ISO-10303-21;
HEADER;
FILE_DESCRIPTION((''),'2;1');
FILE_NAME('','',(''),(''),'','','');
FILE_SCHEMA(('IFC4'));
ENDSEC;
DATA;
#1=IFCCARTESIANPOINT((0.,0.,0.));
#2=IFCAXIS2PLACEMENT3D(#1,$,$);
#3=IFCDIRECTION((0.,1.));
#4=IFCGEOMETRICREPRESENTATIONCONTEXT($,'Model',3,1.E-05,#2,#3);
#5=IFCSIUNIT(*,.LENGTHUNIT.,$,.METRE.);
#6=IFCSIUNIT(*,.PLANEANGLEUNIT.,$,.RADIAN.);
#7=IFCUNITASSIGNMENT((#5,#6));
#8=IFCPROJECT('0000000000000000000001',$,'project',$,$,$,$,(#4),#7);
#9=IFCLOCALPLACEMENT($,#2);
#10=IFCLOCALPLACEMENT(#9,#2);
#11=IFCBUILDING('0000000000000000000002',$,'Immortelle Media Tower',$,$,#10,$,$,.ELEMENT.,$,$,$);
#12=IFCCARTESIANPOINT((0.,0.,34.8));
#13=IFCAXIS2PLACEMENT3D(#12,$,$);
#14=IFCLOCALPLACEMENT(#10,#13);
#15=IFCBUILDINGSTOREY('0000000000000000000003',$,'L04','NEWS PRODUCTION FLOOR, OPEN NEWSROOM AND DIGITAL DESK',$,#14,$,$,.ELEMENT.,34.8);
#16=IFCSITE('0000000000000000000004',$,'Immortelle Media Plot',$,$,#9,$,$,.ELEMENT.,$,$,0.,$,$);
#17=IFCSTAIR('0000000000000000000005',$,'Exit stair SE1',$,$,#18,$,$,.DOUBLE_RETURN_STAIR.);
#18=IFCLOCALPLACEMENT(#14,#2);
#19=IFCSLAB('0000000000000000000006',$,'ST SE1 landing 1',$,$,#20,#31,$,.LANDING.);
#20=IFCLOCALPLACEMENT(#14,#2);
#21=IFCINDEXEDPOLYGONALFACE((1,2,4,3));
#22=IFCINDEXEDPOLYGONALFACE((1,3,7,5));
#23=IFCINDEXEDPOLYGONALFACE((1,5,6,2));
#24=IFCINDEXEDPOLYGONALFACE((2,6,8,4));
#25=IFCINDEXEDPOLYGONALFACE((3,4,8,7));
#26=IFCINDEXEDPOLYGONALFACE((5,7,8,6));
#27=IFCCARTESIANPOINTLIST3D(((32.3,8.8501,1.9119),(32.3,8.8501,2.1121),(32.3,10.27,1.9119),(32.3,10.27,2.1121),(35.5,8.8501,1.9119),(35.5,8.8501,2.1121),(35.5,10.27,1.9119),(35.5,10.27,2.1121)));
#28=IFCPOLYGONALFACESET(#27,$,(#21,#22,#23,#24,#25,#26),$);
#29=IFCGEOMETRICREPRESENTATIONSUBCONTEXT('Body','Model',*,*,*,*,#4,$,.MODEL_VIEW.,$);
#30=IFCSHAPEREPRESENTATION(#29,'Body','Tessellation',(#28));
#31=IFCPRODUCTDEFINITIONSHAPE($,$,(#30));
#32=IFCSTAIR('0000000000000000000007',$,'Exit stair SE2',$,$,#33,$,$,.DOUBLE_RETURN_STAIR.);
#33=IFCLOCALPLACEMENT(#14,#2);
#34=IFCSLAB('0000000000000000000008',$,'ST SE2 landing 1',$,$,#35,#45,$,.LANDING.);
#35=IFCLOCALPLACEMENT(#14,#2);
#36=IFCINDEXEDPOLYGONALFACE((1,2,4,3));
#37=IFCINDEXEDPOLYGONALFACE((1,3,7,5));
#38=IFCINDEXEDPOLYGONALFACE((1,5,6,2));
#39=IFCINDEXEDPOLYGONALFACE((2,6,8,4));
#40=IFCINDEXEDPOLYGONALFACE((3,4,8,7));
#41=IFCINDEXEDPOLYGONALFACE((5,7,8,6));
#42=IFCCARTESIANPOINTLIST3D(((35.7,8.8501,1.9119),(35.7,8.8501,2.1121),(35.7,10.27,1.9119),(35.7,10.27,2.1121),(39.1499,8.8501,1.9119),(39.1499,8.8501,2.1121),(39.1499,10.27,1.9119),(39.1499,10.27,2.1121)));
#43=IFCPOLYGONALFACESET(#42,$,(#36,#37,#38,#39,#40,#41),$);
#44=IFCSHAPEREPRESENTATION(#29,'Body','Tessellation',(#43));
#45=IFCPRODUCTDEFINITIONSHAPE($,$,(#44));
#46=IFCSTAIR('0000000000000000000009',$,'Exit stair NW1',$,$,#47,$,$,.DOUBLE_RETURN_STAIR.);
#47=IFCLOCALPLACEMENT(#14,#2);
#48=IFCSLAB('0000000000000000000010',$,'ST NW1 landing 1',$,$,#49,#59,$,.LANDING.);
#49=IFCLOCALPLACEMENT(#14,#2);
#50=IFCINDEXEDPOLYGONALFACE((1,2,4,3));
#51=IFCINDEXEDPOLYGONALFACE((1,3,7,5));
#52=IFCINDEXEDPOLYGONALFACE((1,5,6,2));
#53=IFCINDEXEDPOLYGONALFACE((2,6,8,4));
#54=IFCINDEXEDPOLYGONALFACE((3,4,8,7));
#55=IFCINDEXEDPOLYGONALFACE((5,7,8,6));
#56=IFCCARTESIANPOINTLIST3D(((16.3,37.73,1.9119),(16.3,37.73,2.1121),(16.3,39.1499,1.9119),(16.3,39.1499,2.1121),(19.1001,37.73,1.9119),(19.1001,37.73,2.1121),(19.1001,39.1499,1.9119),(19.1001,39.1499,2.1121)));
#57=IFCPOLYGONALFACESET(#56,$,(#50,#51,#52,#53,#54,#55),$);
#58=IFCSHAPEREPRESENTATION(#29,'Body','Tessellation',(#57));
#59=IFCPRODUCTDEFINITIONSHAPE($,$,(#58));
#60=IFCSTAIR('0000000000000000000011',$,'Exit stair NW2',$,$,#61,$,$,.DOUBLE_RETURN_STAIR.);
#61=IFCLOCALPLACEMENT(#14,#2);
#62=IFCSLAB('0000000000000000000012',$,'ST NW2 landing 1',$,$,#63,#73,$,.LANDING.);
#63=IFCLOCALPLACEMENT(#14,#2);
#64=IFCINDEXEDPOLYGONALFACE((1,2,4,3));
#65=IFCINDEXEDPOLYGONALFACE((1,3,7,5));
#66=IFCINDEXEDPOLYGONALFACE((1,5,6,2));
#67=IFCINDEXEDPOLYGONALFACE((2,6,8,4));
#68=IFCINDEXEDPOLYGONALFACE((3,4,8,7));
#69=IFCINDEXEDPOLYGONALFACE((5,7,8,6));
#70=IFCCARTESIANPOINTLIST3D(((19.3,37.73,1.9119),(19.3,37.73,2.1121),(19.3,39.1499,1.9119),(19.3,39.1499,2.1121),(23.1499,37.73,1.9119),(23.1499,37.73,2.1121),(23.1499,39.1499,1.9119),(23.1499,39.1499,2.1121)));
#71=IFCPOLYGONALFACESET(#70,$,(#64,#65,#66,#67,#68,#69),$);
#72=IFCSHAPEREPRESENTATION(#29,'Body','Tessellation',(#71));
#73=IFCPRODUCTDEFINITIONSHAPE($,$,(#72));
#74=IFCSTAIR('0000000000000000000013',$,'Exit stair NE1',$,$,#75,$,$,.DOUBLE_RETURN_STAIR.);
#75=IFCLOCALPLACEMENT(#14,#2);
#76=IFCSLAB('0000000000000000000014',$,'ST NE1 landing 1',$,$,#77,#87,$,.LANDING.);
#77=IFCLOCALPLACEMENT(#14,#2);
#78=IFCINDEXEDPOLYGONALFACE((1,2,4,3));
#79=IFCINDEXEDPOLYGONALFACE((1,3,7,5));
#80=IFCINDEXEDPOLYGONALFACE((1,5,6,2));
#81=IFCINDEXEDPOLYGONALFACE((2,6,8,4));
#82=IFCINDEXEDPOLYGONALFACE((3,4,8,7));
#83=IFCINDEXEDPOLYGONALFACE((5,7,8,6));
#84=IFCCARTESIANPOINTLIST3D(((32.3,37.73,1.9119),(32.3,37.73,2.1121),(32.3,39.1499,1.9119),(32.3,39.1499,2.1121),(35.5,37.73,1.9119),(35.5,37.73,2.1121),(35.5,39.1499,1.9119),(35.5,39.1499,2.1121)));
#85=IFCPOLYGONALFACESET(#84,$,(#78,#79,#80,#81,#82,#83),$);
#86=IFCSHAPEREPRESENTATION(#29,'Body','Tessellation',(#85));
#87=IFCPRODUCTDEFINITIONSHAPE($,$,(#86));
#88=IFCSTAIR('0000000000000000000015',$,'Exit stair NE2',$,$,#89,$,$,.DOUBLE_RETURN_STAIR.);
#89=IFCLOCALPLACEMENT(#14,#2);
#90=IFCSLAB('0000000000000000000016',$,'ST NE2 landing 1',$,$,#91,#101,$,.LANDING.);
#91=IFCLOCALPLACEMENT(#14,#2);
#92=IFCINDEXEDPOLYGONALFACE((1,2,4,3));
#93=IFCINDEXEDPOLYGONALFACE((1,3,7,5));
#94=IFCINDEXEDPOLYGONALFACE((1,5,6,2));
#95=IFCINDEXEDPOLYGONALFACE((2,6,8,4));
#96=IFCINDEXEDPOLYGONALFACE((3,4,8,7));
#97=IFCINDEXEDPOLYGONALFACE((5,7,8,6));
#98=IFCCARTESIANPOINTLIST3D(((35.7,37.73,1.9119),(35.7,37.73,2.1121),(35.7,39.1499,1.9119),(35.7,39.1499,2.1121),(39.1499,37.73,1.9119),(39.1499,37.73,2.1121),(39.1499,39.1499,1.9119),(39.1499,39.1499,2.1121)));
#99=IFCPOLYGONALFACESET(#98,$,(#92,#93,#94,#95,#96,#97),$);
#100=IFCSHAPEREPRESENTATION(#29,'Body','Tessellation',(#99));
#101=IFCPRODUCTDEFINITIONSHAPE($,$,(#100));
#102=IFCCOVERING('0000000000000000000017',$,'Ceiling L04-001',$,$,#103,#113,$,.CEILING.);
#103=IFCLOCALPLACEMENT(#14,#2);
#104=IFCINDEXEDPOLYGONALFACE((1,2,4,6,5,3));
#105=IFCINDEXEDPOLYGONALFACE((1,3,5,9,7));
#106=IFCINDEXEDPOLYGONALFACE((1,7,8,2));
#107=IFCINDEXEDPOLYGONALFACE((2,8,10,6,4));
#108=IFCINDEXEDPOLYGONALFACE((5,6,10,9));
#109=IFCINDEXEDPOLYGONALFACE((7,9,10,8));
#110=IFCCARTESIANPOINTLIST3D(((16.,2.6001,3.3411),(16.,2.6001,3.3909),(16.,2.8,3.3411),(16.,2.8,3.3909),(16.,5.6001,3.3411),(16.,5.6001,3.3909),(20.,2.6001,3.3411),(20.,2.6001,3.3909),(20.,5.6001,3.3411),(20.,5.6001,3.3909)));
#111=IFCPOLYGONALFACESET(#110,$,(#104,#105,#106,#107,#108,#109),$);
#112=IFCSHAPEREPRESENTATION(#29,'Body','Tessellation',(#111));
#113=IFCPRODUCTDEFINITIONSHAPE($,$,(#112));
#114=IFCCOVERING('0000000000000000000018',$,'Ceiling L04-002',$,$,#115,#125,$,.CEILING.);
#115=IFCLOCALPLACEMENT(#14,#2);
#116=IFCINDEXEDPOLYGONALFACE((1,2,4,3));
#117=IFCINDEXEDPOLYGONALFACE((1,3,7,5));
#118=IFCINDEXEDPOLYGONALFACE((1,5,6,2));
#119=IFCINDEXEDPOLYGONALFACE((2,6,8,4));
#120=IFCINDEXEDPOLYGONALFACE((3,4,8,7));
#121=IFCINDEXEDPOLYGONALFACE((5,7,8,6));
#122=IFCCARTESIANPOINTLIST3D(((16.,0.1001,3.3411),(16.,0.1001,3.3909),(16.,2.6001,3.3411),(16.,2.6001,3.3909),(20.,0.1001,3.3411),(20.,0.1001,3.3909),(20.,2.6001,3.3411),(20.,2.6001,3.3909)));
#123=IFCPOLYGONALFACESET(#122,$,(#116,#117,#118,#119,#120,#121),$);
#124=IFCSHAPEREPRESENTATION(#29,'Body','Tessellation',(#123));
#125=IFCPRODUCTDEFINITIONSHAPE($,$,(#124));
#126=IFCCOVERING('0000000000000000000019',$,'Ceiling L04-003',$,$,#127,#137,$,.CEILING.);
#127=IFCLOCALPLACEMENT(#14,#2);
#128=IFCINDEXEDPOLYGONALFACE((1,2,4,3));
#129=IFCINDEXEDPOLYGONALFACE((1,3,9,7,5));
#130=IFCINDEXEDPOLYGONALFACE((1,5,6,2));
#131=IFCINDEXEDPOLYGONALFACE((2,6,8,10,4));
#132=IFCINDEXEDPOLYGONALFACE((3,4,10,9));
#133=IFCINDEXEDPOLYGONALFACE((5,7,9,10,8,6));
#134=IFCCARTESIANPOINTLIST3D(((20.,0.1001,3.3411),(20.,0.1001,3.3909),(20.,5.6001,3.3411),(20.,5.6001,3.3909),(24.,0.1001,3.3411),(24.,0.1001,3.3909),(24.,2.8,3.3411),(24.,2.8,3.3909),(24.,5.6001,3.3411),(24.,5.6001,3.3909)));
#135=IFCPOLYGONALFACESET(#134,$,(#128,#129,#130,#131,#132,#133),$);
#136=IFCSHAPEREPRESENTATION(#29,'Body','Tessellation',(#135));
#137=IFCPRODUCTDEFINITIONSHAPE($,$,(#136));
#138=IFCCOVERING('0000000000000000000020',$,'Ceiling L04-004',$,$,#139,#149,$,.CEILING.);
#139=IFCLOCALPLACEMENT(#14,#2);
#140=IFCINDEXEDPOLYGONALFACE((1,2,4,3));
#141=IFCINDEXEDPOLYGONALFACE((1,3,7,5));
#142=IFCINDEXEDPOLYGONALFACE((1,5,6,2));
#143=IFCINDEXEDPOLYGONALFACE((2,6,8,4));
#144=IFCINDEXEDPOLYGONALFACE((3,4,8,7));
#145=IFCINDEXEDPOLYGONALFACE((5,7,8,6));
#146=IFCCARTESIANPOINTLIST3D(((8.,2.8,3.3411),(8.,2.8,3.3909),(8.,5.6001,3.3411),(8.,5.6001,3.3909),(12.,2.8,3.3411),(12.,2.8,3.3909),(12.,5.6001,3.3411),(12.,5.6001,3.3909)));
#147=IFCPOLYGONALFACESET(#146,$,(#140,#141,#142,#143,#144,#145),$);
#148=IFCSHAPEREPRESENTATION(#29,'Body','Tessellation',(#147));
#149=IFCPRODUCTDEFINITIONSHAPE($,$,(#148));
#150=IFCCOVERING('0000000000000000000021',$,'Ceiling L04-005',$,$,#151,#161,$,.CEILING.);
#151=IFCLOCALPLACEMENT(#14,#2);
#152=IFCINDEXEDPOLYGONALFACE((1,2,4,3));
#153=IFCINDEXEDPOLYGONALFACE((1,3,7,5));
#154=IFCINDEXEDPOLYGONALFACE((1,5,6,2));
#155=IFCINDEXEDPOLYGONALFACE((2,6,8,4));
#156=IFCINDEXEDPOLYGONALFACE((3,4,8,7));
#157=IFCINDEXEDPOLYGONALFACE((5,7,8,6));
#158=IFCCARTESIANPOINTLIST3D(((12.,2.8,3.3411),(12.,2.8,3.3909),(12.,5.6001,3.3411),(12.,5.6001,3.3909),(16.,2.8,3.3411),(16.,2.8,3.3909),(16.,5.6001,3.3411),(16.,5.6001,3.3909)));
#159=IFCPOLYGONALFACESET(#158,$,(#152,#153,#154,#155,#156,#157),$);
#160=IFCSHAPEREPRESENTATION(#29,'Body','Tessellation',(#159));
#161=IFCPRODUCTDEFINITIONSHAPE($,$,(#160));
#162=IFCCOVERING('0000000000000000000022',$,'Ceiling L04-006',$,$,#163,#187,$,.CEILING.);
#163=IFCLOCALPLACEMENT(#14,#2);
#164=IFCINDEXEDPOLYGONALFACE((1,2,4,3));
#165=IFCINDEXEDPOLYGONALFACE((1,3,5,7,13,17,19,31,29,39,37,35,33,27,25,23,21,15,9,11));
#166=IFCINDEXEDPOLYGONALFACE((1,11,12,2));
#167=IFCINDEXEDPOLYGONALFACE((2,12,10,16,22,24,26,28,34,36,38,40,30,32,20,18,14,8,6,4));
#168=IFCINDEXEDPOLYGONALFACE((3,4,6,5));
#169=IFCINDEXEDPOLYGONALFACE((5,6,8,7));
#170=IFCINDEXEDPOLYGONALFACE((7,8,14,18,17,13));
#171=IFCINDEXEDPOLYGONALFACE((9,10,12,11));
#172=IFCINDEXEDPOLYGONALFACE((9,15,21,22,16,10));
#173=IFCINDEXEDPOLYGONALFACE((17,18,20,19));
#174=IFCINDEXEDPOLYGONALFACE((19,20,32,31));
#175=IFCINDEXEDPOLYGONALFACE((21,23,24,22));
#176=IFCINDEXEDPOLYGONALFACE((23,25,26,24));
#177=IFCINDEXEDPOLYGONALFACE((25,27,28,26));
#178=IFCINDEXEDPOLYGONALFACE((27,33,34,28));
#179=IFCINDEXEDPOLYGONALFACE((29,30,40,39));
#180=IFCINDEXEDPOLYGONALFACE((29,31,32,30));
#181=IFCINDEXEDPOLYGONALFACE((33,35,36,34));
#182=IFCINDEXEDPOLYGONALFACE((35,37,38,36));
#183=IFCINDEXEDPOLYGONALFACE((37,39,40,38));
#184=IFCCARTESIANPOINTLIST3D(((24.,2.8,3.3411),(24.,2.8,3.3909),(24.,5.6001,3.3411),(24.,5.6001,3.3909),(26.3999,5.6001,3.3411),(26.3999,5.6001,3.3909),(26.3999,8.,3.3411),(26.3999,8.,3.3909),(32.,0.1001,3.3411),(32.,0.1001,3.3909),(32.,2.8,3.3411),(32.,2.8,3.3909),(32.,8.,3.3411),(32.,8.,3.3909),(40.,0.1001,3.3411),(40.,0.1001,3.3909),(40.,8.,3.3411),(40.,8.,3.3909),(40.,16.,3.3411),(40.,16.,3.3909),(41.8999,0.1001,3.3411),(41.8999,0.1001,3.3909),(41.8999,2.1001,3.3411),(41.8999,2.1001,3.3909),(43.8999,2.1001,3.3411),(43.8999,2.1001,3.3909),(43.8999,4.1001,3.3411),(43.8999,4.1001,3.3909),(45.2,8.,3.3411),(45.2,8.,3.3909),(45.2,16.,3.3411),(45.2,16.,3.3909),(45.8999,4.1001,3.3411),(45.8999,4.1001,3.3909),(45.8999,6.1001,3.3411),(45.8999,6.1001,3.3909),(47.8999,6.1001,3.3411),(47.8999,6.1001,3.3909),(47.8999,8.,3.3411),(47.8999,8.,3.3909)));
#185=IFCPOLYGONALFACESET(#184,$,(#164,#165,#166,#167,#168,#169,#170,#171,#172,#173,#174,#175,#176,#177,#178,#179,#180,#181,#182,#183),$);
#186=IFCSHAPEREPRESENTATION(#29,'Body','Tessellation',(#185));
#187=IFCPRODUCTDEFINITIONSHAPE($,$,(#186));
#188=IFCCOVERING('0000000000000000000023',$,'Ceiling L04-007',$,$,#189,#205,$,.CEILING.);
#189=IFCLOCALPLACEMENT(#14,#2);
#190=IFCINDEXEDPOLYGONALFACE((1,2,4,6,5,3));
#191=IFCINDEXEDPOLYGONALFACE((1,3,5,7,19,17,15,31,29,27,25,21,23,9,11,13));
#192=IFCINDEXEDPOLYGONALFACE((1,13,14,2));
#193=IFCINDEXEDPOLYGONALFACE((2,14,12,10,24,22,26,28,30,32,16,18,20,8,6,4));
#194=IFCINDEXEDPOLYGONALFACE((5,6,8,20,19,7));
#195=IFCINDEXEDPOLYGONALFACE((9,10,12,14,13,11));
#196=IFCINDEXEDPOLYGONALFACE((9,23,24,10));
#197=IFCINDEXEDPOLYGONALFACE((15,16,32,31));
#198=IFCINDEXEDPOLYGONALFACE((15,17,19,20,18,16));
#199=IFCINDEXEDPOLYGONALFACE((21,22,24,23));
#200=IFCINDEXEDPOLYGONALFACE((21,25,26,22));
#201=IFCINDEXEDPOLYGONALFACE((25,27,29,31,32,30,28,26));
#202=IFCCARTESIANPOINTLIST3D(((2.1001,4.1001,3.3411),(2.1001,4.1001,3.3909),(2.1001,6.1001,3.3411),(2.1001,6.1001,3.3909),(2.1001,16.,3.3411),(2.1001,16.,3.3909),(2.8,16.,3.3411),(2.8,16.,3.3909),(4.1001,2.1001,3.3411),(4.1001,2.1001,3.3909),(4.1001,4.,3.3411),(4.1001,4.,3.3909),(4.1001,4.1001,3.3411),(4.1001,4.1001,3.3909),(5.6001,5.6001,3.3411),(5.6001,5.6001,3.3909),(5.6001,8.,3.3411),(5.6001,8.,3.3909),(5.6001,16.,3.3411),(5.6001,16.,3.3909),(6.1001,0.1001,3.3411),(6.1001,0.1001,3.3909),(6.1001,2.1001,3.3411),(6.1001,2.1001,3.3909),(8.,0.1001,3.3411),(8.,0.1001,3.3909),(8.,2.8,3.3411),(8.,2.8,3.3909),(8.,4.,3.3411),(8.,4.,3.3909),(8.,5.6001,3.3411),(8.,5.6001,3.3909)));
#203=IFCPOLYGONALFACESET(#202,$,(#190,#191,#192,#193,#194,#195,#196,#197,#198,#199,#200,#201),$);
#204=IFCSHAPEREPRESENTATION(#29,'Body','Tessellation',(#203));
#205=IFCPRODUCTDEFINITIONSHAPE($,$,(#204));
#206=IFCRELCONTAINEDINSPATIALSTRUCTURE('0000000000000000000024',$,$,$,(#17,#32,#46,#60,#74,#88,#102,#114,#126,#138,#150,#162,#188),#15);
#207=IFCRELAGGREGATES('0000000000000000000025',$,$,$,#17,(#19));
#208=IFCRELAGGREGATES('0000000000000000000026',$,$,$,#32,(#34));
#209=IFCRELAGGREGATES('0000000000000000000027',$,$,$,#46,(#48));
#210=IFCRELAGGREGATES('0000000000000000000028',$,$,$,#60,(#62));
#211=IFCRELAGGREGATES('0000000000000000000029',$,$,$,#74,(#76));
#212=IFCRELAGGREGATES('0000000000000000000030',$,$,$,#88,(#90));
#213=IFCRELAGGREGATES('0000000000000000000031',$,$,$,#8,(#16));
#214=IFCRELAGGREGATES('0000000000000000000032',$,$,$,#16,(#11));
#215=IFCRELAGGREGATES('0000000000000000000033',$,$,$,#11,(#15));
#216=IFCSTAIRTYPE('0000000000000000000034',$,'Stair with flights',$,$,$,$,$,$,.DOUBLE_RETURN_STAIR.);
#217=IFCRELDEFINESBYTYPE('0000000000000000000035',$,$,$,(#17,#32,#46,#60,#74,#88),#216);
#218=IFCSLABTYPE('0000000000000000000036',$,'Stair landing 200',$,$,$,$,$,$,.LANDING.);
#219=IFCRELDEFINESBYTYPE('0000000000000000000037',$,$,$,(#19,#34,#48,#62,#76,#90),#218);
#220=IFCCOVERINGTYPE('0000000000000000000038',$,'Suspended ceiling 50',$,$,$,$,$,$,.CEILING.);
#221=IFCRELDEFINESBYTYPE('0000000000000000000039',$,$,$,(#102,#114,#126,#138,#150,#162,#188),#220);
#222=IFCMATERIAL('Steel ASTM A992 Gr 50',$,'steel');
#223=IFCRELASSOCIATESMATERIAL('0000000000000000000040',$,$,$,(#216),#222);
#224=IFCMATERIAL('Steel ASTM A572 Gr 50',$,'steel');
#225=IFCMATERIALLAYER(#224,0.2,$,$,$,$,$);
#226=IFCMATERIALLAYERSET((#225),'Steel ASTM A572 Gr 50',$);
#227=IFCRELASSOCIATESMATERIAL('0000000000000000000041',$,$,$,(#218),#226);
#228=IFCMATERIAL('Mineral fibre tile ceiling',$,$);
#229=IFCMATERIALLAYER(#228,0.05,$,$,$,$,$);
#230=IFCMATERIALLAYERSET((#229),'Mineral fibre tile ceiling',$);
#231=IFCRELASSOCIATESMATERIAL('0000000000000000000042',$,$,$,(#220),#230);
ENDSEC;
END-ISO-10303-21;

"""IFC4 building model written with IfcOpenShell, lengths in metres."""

from ifc_helpers import new_model, si_unit, direction, frame, origin, place, context, subcontext, project, spatial, polyline, outline, extrude, material, layer, layer_set, type_object, element, aggregate, save


model = new_model("IFC4")

# Units and contexts
model_context = context("Model", 3, precision=1e-05, world=origin(), true_north=direction((0.0, 1.0)))
body_context = subcontext(model_context, "Body", "Model", "MODEL_VIEW")
ifc_project = project(units=[si_unit("LENGTHUNIT", "METRE"), si_unit("PLANEANGLEUNIT", "RADIAN")], contexts=[model_context])

# Site, building, storey
site_placement = place(None, origin())
site = spatial("IfcSite", under=ifc_project, at=site_placement, Name="Immortelle Media Plot", CompositionType="ELEMENT", RefElevation=0.0)
building_placement = place(site_placement, origin())
building = spatial("IfcBuilding", under=site, at=building_placement, Name="Immortelle Media Tower", CompositionType="ELEMENT")
storey_placement = place(building_placement, frame((0.0, 0.0, 34.8)))
storey = spatial("IfcBuildingStorey", under=building, at=storey_placement, Name="L04", Description="NEWS PRODUCTION FLOOR, OPEN NEWSROOM AND DIGITAL DESK", CompositionType="ELEMENT", Elevation=34.8)

# Stairs, slabs
ifc_material_1 = material(Name="Steel ASTM A992 Gr 50", Category="steel")
stair_type = type_object("IfcStairType", Name="Stair with flights", PredefinedType="DOUBLE_RETURN_STAIR", material=ifc_material_1)
ifc_material_2 = material(Name="Steel ASTM A572 Gr 50", Category="steel")
ifc_layer_1 = layer(ifc_material_2, 0.2)
ifc_layer_set_1 = layer_set([ifc_layer_1], Name="Steel ASTM A572 Gr 50")
slab_type_1 = type_object("IfcSlabType", Name="Stair landing 200", PredefinedType="LANDING", material=ifc_layer_set_1)
stair_1_placement = place(storey_placement, origin())
stair_1 = element("IfcStair", 1, at=stair_1_placement, inside=storey, type_object=stair_type, Name="Exit stair SE1", PredefinedType="DOUBLE_RETURN_STAIR")
slab_1_placement = place(storey_placement, frame((0.0, 0.0, 1.9119)))
slab_1 = element("IfcSlab", 2, at=slab_1_placement, type_object=slab_type_1, Name="ST SE1 landing 1", PredefinedType="LANDING", context=body_context, shape_type="SweptSolid", body=[
    extrude(outline(polyline([(32.3, 8.8501), (35.5, 8.8501), (35.5, 10.27), (32.3, 10.27), (32.3, 8.8501)])), origin(), (0.0, 0.0, 1.0), 0.2002),
])
aggregate(stair_1, [slab_1])
stair_2_placement = place(storey_placement, origin())
stair_2 = element("IfcStair", 3, at=stair_2_placement, inside=storey, type_object=stair_type, Name="Exit stair SE2", PredefinedType="DOUBLE_RETURN_STAIR")
slab_2_placement = place(storey_placement, frame((0.0, 0.0, 1.9119)))
slab_2 = element("IfcSlab", 4, at=slab_2_placement, type_object=slab_type_1, Name="ST SE2 landing 1", PredefinedType="LANDING", context=body_context, shape_type="SweptSolid", body=[
    extrude(outline(polyline([(35.7, 8.8501), (39.1499, 8.8501), (39.1499, 10.27), (35.7, 10.27), (35.7, 8.8501)])), origin(), (0.0, 0.0, 1.0), 0.2002),
])
aggregate(stair_2, [slab_2])
stair_3_placement = place(storey_placement, origin())
stair_3 = element("IfcStair", 5, at=stair_3_placement, inside=storey, type_object=stair_type, Name="Exit stair NW1", PredefinedType="DOUBLE_RETURN_STAIR")
slab_3_placement = place(storey_placement, frame((0.0, 0.0, 1.9119)))
slab_3 = element("IfcSlab", 6, at=slab_3_placement, type_object=slab_type_1, Name="ST NW1 landing 1", PredefinedType="LANDING", context=body_context, shape_type="SweptSolid", body=[
    extrude(outline(polyline([(16.3, 37.73), (19.1001, 37.73), (19.1001, 39.1499), (16.3, 39.1499), (16.3, 37.73)])), origin(), (0.0, 0.0, 1.0), 0.2002),
])
aggregate(stair_3, [slab_3])
stair_4_placement = place(storey_placement, origin())
stair_4 = element("IfcStair", 7, at=stair_4_placement, inside=storey, type_object=stair_type, Name="Exit stair NW2", PredefinedType="DOUBLE_RETURN_STAIR")
slab_4_placement = place(storey_placement, frame((0.0, 0.0, 1.9119)))
slab_4 = element("IfcSlab", 8, at=slab_4_placement, type_object=slab_type_1, Name="ST NW2 landing 1", PredefinedType="LANDING", context=body_context, shape_type="SweptSolid", body=[
    extrude(outline(polyline([(19.3, 37.73), (23.1499, 37.73), (23.1499, 39.1499), (19.3, 39.1499), (19.3, 37.73)])), origin(), (0.0, 0.0, 1.0), 0.2002),
])
aggregate(stair_4, [slab_4])
stair_5_placement = place(storey_placement, origin())
stair_5 = element("IfcStair", 9, at=stair_5_placement, inside=storey, type_object=stair_type, Name="Exit stair NE1", PredefinedType="DOUBLE_RETURN_STAIR")
slab_5_placement = place(storey_placement, frame((0.0, 0.0, 1.9119)))
slab_5 = element("IfcSlab", 10, at=slab_5_placement, type_object=slab_type_1, Name="ST NE1 landing 1", PredefinedType="LANDING", context=body_context, shape_type="SweptSolid", body=[
    extrude(outline(polyline([(32.3, 37.73), (35.5, 37.73), (35.5, 39.1499), (32.3, 39.1499), (32.3, 37.73)])), origin(), (0.0, 0.0, 1.0), 0.2002),
])
aggregate(stair_5, [slab_5])
stair_6_placement = place(storey_placement, origin())
stair_6 = element("IfcStair", 11, at=stair_6_placement, inside=storey, type_object=stair_type, Name="Exit stair NE2", PredefinedType="DOUBLE_RETURN_STAIR")
slab_6_placement = place(storey_placement, frame((0.0, 0.0, 1.9119)))
slab_6 = element("IfcSlab", 12, at=slab_6_placement, type_object=slab_type_1, Name="ST NE2 landing 1", PredefinedType="LANDING", context=body_context, shape_type="SweptSolid", body=[
    extrude(outline(polyline([(35.7, 37.73), (39.1499, 37.73), (39.1499, 39.1499), (35.7, 39.1499), (35.7, 37.73)])), origin(), (0.0, 0.0, 1.0), 0.2002),
])
aggregate(stair_6, [slab_6])

# Coverings
ifc_material_3 = material(Name="Mineral fibre tile ceiling")
ifc_layer_2 = layer(ifc_material_3, 0.05)
ifc_layer_set_2 = layer_set([ifc_layer_2], Name="Mineral fibre tile ceiling")
covering_type = type_object("IfcCoveringType", Name="Suspended ceiling 50", PredefinedType="CEILING", material=ifc_layer_set_2)
covering_1_placement = place(storey_placement, frame((0.0, 0.0, 3.3411)))
element("IfcCovering", 13, at=covering_1_placement, inside=storey, type_object=covering_type, Name="Ceiling L04-001", PredefinedType="CEILING", context=body_context, shape_type="SweptSolid", body=[
    extrude(outline(polyline([(16.0, 5.6001), (20.0, 5.6001), (20.0, 2.6001), (16.0, 2.6001), (16.0, 2.8), (16.0, 5.6001)])), origin(), (0.0, 0.0, 1.0), 0.0498),
])
covering_2_placement = place(storey_placement, frame((0.0, 0.0, 3.3411)))
element("IfcCovering", 14, at=covering_2_placement, inside=storey, type_object=covering_type, Name="Ceiling L04-002", PredefinedType="CEILING", context=body_context, shape_type="SweptSolid", body=[
    extrude(outline(polyline([(20.0, 0.1001), (16.0, 0.1001), (16.0, 2.6001), (20.0, 2.6001), (20.0, 0.1001)])), origin(), (0.0, 0.0, 1.0), 0.0498),
])
covering_3_placement = place(storey_placement, frame((0.0, 0.0, 3.3411)))
element("IfcCovering", 15, at=covering_3_placement, inside=storey, type_object=covering_type, Name="Ceiling L04-003", PredefinedType="CEILING", context=body_context, shape_type="SweptSolid", body=[
    extrude(outline(polyline([(24.0, 5.6001), (24.0, 2.8), (24.0, 0.1001), (20.0, 0.1001), (20.0, 5.6001), (24.0, 5.6001)])), origin(), (0.0, 0.0, 1.0), 0.0498),
])
covering_4_placement = place(storey_placement, frame((0.0, 0.0, 3.3411)))
element("IfcCovering", 16, at=covering_4_placement, inside=storey, type_object=covering_type, Name="Ceiling L04-004", PredefinedType="CEILING", context=body_context, shape_type="SweptSolid", body=[
    extrude(outline(polyline([(8.0, 5.6001), (12.0, 5.6001), (12.0, 2.8), (8.0, 2.8), (8.0, 5.6001)])), origin(), (0.0, 0.0, 1.0), 0.0498),
])
covering_5_placement = place(storey_placement, frame((0.0, 0.0, 3.3411)))
element("IfcCovering", 17, at=covering_5_placement, inside=storey, type_object=covering_type, Name="Ceiling L04-005", PredefinedType="CEILING", context=body_context, shape_type="SweptSolid", body=[
    extrude(outline(polyline([(16.0, 5.6001), (16.0, 2.8), (12.0, 2.8), (12.0, 5.6001), (16.0, 5.6001)])), origin(), (0.0, 0.0, 1.0), 0.0498),
])
covering_6_placement = place(storey_placement, frame((0.0, 0.0, 3.3411)))
element("IfcCovering", 18, at=covering_6_placement, inside=storey, type_object=covering_type, Name="Ceiling L04-006", PredefinedType="CEILING", context=body_context, shape_type="SweptSolid", body=[
    extrude(outline(polyline([(24.0, 5.6001), (26.3999, 5.6001), (26.3999, 8.0), (32.0, 8.0), (40.0, 8.0), (40.0, 16.0), (45.2, 16.0), (45.2, 8.0), (47.8999, 8.0), (47.8999, 6.1001), (45.8999, 6.1001), (45.8999, 4.1001), (43.8999, 4.1001), (43.8999, 2.1001), (41.8999, 2.1001), (41.8999, 0.1001), (40.0, 0.1001), (32.0, 0.1001), (32.0, 2.8), (24.0, 2.8), (24.0, 5.6001)])), origin(), (0.0, 0.0, 1.0), 0.0498),
])
covering_7_placement = place(storey_placement, frame((0.0, 0.0, 3.3411)))
element("IfcCovering", 19, at=covering_7_placement, inside=storey, type_object=covering_type, Name="Ceiling L04-007", PredefinedType="CEILING", context=body_context, shape_type="SweptSolid", body=[
    extrude(outline(polyline([(4.1001, 4.1001), (2.1001, 4.1001), (2.1001, 6.1001), (2.1001, 16.0), (2.8, 16.0), (5.6001, 16.0), (5.6001, 8.0), (5.6001, 5.6001), (8.0, 5.6001), (8.0, 4.0), (8.0, 2.8), (8.0, 0.1001), (6.1001, 0.1001), (6.1001, 2.1001), (4.1001, 2.1001), (4.1001, 4.0), (4.1001, 4.1001)])), origin(), (0.0, 0.0, 1.0), 0.0498),
])

save(model, "model.ifc")
